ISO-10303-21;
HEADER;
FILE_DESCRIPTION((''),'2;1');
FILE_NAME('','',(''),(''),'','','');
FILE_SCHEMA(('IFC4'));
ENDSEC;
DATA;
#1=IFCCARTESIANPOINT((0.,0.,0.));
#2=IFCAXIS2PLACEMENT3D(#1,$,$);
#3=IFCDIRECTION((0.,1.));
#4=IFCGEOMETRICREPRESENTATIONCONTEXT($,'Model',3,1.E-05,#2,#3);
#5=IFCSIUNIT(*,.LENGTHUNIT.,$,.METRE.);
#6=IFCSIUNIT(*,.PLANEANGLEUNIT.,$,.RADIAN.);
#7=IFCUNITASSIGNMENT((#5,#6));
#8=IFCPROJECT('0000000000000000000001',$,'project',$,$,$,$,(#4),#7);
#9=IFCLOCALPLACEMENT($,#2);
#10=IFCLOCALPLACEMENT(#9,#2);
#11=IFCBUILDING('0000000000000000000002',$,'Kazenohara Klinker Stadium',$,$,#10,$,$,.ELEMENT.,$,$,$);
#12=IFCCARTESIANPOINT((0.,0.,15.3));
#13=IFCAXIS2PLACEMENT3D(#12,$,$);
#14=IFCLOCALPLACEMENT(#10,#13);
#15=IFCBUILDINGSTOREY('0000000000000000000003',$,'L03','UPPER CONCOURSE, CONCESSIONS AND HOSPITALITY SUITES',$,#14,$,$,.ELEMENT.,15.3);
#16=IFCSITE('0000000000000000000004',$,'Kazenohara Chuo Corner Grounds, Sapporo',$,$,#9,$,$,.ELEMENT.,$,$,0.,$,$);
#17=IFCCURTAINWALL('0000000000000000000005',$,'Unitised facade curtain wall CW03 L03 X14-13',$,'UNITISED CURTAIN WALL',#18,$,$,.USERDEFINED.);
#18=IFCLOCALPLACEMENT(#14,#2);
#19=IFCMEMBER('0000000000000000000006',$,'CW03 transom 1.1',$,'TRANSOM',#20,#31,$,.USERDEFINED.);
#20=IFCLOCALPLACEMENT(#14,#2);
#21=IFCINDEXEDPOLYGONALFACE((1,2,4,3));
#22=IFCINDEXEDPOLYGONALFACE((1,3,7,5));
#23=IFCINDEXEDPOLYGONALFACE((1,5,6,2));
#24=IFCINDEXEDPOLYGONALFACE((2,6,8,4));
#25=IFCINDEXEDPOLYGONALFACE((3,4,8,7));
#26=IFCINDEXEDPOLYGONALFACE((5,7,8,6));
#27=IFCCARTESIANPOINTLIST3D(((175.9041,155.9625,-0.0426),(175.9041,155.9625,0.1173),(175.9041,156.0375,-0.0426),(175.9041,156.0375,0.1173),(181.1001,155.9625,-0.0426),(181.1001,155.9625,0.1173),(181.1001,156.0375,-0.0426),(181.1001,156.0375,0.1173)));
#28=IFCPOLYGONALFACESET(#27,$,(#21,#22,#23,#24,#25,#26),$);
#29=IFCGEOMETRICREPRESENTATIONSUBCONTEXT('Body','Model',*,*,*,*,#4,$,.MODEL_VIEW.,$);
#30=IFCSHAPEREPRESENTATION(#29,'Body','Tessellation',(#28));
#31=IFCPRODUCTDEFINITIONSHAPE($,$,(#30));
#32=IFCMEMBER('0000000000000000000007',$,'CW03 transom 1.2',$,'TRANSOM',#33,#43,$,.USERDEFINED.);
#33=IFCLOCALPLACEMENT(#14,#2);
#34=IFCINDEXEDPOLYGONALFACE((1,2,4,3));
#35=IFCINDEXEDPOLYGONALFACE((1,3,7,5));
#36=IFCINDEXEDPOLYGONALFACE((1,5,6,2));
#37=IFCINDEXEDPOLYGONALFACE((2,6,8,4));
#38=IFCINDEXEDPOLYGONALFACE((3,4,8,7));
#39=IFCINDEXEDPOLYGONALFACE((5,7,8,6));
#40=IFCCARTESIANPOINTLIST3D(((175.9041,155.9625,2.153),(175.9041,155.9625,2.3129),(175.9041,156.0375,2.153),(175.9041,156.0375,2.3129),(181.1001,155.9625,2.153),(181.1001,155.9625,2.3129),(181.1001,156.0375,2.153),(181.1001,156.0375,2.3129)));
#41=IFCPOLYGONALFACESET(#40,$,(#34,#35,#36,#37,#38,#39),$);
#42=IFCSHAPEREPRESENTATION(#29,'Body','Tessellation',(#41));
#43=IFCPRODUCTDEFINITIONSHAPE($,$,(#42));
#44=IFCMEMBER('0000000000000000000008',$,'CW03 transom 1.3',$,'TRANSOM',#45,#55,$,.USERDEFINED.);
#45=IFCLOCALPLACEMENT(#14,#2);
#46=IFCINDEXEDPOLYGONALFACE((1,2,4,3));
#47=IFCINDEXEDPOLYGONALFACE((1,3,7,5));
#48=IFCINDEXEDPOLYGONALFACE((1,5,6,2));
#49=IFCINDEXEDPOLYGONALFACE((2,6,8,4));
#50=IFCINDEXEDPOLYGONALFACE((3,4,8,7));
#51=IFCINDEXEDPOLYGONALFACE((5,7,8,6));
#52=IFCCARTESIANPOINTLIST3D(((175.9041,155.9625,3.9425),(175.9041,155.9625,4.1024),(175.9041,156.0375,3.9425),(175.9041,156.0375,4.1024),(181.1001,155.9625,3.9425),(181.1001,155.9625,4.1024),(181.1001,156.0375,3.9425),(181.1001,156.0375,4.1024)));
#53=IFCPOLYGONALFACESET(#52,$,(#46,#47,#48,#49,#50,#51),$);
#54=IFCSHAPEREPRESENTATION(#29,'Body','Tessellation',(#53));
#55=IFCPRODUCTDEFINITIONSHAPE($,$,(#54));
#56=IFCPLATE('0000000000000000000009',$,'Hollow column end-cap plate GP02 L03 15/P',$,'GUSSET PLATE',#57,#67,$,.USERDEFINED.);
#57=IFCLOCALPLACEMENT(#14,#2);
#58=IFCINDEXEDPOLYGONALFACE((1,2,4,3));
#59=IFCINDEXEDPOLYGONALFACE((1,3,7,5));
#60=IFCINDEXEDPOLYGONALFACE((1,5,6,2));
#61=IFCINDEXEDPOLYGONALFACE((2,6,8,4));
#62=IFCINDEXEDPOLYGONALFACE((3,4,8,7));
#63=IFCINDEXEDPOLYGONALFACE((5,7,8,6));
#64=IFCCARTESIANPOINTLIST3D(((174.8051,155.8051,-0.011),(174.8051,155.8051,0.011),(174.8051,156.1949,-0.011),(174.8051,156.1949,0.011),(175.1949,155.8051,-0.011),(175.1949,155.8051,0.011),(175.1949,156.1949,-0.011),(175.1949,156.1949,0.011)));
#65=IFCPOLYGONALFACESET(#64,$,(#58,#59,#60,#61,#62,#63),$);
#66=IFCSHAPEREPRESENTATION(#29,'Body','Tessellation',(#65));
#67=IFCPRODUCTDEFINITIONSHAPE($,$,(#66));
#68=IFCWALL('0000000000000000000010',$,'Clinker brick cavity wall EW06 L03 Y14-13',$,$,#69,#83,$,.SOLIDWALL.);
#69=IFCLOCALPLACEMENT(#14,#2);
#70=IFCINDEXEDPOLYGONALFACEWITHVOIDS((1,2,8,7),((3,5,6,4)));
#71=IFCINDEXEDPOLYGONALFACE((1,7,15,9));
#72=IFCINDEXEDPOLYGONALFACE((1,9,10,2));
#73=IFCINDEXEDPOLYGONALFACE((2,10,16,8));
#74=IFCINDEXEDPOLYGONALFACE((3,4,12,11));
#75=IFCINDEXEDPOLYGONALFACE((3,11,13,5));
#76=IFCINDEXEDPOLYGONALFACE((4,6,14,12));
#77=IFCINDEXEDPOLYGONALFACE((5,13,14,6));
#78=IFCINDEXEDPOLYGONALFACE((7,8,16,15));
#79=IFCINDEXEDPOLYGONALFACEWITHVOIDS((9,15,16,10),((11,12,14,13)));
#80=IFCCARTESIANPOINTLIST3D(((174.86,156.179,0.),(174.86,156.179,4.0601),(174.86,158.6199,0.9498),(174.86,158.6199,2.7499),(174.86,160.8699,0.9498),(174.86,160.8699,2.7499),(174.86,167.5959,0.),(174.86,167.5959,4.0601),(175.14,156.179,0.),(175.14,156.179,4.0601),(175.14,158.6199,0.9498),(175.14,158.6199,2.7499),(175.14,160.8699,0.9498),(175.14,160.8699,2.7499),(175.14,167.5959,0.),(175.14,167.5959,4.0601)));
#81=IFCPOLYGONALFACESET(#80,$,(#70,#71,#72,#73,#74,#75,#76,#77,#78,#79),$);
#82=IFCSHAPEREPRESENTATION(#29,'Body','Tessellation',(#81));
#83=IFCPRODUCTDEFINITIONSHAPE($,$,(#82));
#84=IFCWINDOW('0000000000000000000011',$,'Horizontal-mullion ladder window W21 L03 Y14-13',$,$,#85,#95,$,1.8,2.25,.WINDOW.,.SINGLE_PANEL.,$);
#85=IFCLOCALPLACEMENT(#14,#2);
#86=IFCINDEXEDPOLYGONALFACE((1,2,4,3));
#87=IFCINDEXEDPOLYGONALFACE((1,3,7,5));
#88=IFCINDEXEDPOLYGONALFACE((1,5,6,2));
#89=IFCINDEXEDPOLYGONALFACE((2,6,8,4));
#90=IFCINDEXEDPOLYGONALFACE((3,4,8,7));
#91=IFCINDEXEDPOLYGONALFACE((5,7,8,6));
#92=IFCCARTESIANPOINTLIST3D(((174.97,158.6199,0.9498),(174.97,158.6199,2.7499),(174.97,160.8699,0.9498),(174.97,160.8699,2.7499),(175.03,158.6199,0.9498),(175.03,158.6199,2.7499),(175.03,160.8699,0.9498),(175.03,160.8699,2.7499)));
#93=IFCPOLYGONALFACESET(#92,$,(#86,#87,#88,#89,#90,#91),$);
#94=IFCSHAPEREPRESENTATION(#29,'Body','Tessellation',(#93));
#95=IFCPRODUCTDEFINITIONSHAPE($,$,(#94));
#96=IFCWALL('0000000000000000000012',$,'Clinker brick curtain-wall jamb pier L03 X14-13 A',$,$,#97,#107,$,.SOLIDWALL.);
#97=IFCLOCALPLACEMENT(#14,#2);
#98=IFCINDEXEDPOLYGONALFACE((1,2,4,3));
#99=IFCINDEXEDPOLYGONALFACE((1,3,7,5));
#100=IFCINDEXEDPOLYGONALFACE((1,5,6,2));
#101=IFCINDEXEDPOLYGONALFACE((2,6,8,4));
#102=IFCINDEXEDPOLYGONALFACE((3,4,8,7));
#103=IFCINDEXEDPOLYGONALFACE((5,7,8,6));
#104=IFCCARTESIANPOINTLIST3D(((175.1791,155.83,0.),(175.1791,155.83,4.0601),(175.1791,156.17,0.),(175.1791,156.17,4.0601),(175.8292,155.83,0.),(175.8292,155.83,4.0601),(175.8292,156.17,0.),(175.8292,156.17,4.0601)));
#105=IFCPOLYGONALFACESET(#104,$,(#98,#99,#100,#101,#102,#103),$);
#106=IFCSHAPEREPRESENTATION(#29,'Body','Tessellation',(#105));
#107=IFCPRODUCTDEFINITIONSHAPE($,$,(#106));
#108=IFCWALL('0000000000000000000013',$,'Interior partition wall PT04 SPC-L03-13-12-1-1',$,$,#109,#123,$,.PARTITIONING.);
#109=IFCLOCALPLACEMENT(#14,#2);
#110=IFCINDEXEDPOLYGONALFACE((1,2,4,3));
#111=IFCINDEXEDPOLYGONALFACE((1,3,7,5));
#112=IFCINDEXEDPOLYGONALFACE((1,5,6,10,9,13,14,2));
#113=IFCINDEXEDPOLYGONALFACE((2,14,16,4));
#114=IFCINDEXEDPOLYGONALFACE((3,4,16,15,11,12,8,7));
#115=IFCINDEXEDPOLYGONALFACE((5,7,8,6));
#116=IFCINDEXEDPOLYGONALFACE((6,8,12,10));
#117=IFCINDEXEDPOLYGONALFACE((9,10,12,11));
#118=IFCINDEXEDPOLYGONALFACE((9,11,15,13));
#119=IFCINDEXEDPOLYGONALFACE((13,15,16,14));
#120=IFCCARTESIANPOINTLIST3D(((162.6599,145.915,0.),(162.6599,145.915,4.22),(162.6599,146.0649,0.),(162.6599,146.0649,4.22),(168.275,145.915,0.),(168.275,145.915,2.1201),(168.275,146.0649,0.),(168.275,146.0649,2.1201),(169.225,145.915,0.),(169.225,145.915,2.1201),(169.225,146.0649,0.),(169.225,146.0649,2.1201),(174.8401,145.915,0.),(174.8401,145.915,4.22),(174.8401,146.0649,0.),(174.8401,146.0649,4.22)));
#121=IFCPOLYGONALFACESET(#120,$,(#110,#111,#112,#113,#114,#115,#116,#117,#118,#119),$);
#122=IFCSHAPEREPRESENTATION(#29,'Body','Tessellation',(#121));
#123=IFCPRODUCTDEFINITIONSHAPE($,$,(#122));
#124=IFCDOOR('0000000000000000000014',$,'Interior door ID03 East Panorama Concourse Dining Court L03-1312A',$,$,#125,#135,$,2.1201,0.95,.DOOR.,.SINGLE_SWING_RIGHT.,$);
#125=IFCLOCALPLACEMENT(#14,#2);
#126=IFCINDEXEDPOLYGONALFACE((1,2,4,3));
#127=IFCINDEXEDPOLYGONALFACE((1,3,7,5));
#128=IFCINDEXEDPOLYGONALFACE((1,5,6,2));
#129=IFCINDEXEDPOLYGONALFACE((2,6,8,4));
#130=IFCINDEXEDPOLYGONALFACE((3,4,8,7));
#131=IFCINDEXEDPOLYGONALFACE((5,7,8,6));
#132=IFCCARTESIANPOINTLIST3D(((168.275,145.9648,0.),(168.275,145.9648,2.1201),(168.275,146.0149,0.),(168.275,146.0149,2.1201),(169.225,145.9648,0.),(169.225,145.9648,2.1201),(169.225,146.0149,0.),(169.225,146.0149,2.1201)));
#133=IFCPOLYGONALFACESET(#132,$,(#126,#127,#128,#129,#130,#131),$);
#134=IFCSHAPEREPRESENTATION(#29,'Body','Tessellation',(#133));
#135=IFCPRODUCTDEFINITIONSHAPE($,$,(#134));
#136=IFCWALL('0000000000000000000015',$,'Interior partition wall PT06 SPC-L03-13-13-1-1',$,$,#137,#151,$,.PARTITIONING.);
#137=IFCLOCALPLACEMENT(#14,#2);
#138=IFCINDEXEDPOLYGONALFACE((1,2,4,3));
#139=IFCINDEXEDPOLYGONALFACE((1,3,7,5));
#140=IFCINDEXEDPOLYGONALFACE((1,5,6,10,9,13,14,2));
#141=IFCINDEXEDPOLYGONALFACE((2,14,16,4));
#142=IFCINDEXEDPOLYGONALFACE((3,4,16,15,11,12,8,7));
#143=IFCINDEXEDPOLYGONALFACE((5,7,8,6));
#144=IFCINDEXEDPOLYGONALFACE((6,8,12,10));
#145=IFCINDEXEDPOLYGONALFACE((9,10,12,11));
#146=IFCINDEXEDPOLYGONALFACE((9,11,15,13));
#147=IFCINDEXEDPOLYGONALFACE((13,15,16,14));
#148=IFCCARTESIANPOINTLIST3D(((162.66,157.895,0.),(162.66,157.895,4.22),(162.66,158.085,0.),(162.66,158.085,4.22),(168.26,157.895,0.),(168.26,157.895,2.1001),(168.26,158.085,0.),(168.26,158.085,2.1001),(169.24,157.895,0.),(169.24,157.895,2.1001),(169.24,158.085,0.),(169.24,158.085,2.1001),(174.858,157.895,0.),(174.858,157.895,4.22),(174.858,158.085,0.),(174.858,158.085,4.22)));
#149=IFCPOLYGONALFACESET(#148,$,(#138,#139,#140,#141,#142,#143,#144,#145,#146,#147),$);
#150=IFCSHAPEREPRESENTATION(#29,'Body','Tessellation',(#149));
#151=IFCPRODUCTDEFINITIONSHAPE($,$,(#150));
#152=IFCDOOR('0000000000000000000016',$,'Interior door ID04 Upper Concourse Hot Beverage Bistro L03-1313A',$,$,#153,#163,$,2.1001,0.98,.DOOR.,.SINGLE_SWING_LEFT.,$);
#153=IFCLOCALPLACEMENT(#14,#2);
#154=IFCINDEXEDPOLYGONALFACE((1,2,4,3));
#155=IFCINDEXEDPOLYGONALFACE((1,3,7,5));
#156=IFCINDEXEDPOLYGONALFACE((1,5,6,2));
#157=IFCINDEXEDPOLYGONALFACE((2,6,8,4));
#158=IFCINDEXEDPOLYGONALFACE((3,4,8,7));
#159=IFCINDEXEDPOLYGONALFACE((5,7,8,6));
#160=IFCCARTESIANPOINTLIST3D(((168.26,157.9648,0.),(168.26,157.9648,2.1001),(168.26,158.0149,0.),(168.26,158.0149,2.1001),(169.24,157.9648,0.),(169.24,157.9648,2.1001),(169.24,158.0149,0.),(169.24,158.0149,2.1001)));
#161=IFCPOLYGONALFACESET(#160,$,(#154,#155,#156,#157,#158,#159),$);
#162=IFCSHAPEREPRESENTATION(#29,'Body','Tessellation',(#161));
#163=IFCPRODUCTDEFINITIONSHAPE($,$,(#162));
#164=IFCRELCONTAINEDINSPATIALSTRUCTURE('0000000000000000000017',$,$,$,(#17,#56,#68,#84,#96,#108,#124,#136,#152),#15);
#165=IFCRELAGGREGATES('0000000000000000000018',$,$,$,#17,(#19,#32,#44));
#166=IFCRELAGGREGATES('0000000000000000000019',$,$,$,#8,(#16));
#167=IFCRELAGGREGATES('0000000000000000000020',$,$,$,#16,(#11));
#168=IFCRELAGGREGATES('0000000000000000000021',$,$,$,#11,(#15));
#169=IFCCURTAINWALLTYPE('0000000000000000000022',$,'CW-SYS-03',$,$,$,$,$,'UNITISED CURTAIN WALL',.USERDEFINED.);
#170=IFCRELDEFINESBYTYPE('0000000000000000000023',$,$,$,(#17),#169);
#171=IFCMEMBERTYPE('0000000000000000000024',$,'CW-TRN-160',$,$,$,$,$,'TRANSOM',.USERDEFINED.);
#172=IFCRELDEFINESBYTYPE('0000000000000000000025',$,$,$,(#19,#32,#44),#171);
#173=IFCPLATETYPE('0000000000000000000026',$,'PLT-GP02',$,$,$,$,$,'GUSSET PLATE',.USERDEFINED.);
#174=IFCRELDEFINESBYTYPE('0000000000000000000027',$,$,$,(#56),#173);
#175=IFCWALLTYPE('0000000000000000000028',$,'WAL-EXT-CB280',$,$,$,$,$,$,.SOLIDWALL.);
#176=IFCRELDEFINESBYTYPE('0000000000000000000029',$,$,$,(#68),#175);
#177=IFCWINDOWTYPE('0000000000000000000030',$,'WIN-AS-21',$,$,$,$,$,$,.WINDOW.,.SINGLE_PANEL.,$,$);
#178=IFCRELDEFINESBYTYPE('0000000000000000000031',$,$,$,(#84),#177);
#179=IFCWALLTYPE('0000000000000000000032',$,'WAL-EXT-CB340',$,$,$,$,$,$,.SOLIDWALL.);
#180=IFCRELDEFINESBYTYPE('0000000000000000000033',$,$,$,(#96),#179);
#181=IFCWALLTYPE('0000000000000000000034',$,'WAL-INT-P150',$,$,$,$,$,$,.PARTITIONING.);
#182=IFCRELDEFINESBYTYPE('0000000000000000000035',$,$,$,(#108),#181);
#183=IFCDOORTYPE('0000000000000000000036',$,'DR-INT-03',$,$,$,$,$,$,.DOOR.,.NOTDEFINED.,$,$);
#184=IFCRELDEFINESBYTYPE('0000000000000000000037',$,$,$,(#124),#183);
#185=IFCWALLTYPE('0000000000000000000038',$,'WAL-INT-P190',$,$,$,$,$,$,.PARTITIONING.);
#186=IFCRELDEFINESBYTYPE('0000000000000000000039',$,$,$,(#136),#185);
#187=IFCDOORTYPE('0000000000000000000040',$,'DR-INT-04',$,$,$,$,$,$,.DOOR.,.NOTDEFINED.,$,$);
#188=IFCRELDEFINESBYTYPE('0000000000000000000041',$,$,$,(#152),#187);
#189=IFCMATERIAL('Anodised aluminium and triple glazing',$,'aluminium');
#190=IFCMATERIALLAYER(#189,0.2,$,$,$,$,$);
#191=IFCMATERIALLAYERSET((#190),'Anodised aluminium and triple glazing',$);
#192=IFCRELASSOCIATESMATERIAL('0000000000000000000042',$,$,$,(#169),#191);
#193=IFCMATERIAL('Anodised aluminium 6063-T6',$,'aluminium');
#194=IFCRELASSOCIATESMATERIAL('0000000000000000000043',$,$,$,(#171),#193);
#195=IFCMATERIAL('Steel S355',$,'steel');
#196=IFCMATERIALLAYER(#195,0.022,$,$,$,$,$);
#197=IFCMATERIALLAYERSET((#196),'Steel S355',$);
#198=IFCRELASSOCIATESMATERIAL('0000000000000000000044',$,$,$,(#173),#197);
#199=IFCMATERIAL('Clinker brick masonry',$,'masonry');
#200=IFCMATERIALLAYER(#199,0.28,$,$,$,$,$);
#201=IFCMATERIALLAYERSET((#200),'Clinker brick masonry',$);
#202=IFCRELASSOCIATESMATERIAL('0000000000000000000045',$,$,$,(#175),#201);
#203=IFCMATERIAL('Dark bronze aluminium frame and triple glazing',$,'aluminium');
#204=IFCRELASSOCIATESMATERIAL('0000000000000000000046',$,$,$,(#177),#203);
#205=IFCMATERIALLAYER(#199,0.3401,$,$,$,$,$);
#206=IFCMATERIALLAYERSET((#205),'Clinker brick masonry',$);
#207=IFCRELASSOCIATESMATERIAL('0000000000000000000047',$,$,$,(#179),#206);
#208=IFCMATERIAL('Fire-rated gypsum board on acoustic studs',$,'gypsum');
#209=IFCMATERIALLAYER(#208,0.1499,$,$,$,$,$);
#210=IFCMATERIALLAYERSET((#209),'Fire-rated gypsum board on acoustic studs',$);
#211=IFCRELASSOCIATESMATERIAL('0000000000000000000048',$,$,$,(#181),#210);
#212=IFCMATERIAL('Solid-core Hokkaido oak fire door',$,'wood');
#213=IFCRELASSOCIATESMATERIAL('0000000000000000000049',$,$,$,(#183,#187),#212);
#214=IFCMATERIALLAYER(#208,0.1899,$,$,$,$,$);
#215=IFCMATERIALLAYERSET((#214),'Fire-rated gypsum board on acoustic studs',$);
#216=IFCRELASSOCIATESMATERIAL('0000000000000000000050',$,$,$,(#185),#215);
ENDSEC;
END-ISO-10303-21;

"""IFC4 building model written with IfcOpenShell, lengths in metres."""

from ifc_helpers import new_model, si_unit, direction, frame, frame_2d, origin, origin_2d, place, context, subcontext, project, spatial, rectangle, extrude, material, layer, layer_set, material_profile, profile_set, type_object, element, fill, aggregate, save


model = new_model("IFC4")

# Units and contexts
model_context = context("Model", 3, precision=1e-05, world=origin(), true_north=direction((0.0, 1.0)))
body_context = subcontext(model_context, "Body", "Model", "MODEL_VIEW")
ifc_project = project(units=[si_unit("LENGTHUNIT", "METRE"), si_unit("PLANEANGLEUNIT", "RADIAN")], contexts=[model_context])

# Site, building, storey
site_placement = place(None, origin())
site = spatial("IfcSite", under=ifc_project, at=site_placement, Name="Kazenohara Chuo Corner Grounds, Sapporo", CompositionType="ELEMENT", RefElevation=0.0)
building_placement = place(site_placement, origin())
building = spatial("IfcBuilding", under=site, at=building_placement, Name="Kazenohara Klinker Stadium", CompositionType="ELEMENT")
storey_placement = place(building_placement, frame((0.0, 0.0, 15.3)))
storey = spatial("IfcBuildingStorey", under=building, at=storey_placement, Name="L03", Description="UPPER CONCOURSE, CONCESSIONS AND HOSPITALITY SUITES", CompositionType="ELEMENT", Elevation=15.3)

# Shared definitions
ifc_material_1 = material(Name="Steel S355", Category="steel")

# Curtain wall, members
ifc_material_2 = material(Name="Anodised aluminium and triple glazing", Category="aluminium")
ifc_layer_1 = layer(ifc_material_2, 0.2)
ifc_layer_set_1 = layer_set([ifc_layer_1], Name="Anodised aluminium and triple glazing")
curtain_wall_type = type_object("IfcCurtainWallType", Name="CW-SYS-03", ElementType="UNITISED CURTAIN WALL", PredefinedType="USERDEFINED", material=ifc_layer_set_1)
curtain_wall_placement = place(storey_placement, origin())
curtain_wall = element("IfcCurtainWall", 1, at=curtain_wall_placement, inside=storey, type_object=curtain_wall_type, Name="Unitised facade curtain wall CW03 L03 X14-13", ObjectType="UNITISED CURTAIN WALL", PredefinedType="USERDEFINED")
ifc_material_3 = material(Name="Anodised aluminium 6063-T6", Category="aluminium")
ifc_material_profile_1 = material_profile(ifc_material_3, rectangle(XDim=0.075, YDim=0.1599, at=origin_2d()), Name="ALU-TRN-75x160")
ifc_profile_set_1 = profile_set([ifc_material_profile_1], Name="Anodised aluminium 6063-T6")
member_type_1 = type_object("IfcMemberType", Name="CW-TRN-160", ElementType="TRANSOM", PredefinedType="USERDEFINED", material=ifc_profile_set_1)
member_1_placement = place(storey_placement, frame((175.9041, 156.0, 0.0374), z_axis=(1.0, 0.0, 0.0), x_axis=(0.0, 1.0, 0.0)))
member_1 = element("IfcMember", 2, at=member_1_placement, type_object=member_type_1, Name="CW03 transom 1.1", ObjectType="TRANSOM", PredefinedType="USERDEFINED", context=body_context, shape_type="SweptSolid", body=[
    extrude(rectangle(XDim=0.075, YDim=0.1599, at=origin_2d()), origin(), (0.0, 0.0, 1.0), 5.196),
])
member_2_placement = place(storey_placement, frame((175.9041, 156.0, 2.2329), z_axis=(1.0, 0.0, 0.0), x_axis=(0.0, 1.0, 0.0)))
member_2 = element("IfcMember", 3, at=member_2_placement, type_object=member_type_1, Name="CW03 transom 1.2", ObjectType="TRANSOM", PredefinedType="USERDEFINED", context=body_context, shape_type="SweptSolid", body=[
    extrude(rectangle(XDim=0.075, YDim=0.1599, at=origin_2d()), origin(), (0.0, 0.0, 1.0), 5.196),
])
member_3_placement = place(storey_placement, frame((175.9041, 156.0, 4.0225), z_axis=(1.0, 0.0, 0.0), x_axis=(0.0, 1.0, 0.0)))
member_3 = element("IfcMember", 4, at=member_3_placement, type_object=member_type_1, Name="CW03 transom 1.3", ObjectType="TRANSOM", PredefinedType="USERDEFINED", context=body_context, shape_type="SweptSolid", body=[
    extrude(rectangle(XDim=0.075, YDim=0.1599, at=origin_2d()), origin(), (0.0, 0.0, 1.0), 5.196),
])
aggregate(curtain_wall, [member_1, member_2, member_3])

# Plate
ifc_layer_2 = layer(ifc_material_1, 0.022)
ifc_layer_set_2 = layer_set([ifc_layer_2], Name="Steel S355")
plate_type = type_object("IfcPlateType", Name="PLT-GP02", ElementType="GUSSET PLATE", PredefinedType="USERDEFINED", material=ifc_layer_set_2)
plate_placement = place(storey_placement, frame((175.0, 156.0, -0.011), z_axis=(0.0, 0.0, 1.0), x_axis=(1.0, 0.0, 0.0)))
element("IfcPlate", 5, at=plate_placement, inside=storey, type_object=plate_type, Name="Hollow column end-cap plate GP02 L03 15/P", ObjectType="GUSSET PLATE", PredefinedType="USERDEFINED", context=body_context, shape_type="SweptSolid", body=[
    extrude(rectangle(XDim=0.3899, YDim=0.3899, at=origin_2d()), origin(), (0.0, 0.0, 1.0), 0.022),
])

# Wall, opening, window
ifc_material_4 = material(Name="Clinker brick masonry", Category="masonry")
ifc_layer_3 = layer(ifc_material_4, 0.28)
ifc_layer_set_3 = layer_set([ifc_layer_3], Name="Clinker brick masonry")
wall_type_1 = type_object("IfcWallType", Name="WAL-EXT-CB280", PredefinedType="SOLIDWALL", material=ifc_layer_set_3)
wall_1_placement = place(storey_placement, frame((175.0, 156.179, 0.0), z_axis=(0.0, 0.0, 1.0), x_axis=(0.0, 1.0, 0.0)))
wall_1 = element("IfcWall", 6, at=wall_1_placement, inside=storey, type_object=wall_type_1, Name="Clinker brick cavity wall EW06 L03 Y14-13", PredefinedType="SOLIDWALL", context=body_context, shape_type="SweptSolid", body=[
    extrude(rectangle(XDim=11.417, YDim=0.28, at=frame_2d((5.7085, 0.0))), origin(), (0.0, 0.0, 1.0), 4.0601),
])
opening_1_placement = place(wall_1_placement, frame((2.4409, 0.0, 0.95)))
opening_1 = element("IfcOpeningElement", 7, at=opening_1_placement, cuts=wall_1, PredefinedType="OPENING", context=body_context, shape_type="SweptSolid", body=[
    extrude(rectangle(XDim=2.25, YDim=1.8, at=frame_2d((1.125, 0.8999))), frame((0.0, 0.1499, 0.0), z_axis=(0.0, -1.0, 0.0), x_axis=(1.0, 0.0, 0.0)), (0.0, 0.0, 1.0), 0.3),
])
ifc_material_5 = material(Name="Dark bronze aluminium frame and triple glazing", Category="aluminium")
window_type = type_object("IfcWindowType", Name="WIN-AS-21", PartitioningType="SINGLE_PANEL", PredefinedType="WINDOW", material=ifc_material_5)
window_placement = place(opening_1_placement, origin())
window = element("IfcWindow", 8, at=window_placement, inside=storey, type_object=window_type, Name="Horizontal-mullion ladder window W21 L03 Y14-13", OverallHeight=1.8, OverallWidth=2.25, PartitioningType="SINGLE_PANEL", PredefinedType="WINDOW", context=body_context, shape_type="SweptSolid", body=[
    extrude(rectangle(XDim=2.25, YDim=1.8, at=frame_2d((1.125, 0.8999))), frame((0.0, 0.03, 0.0), z_axis=(0.0, -1.0, 0.0), x_axis=(1.0, 0.0, 0.0)), (0.0, 0.0, 1.0), 0.0601),
])
fill(opening_1, window)

# Wall
ifc_layer_4 = layer(ifc_material_4, 0.3401)
ifc_layer_set_4 = layer_set([ifc_layer_4], Name="Clinker brick masonry")
wall_type_2 = type_object("IfcWallType", Name="WAL-EXT-CB340", PredefinedType="SOLIDWALL", material=ifc_layer_set_4)
wall_2_placement = place(storey_placement, frame((175.179, 156.0, 0.0), z_axis=(0.0, 0.0, 1.0), x_axis=(1.0, 0.0, 0.0)))
element("IfcWall", 9, at=wall_2_placement, inside=storey, type_object=wall_type_2, Name="Clinker brick curtain-wall jamb pier L03 X14-13 A", PredefinedType="SOLIDWALL", context=body_context, shape_type="SweptSolid", body=[
    extrude(rectangle(XDim=0.6501, YDim=0.3401, at=frame_2d((0.3252, 0.0))), origin(), (0.0, 0.0, 1.0), 4.0601),
])

# Walls, openings, doors
ifc_material_6 = material(Name="Fire-rated gypsum board on acoustic studs", Category="gypsum")
ifc_layer_5 = layer(ifc_material_6, 0.1499)
ifc_layer_set_5 = layer_set([ifc_layer_5], Name="Fire-rated gypsum board on acoustic studs")
wall_type_3 = type_object("IfcWallType", Name="WAL-INT-P150", PredefinedType="PARTITIONING", material=ifc_layer_set_5)
wall_3_placement = place(storey_placement, frame((162.6599, 145.99, 0.0), z_axis=(0.0, 0.0, 1.0), x_axis=(1.0, 0.0, 0.0)))
wall_3 = element("IfcWall", 10, at=wall_3_placement, inside=storey, type_object=wall_type_3, Name="Interior partition wall PT04 SPC-L03-13-12-1-1", PredefinedType="PARTITIONING", context=body_context, shape_type="SweptSolid", body=[
    extrude(rectangle(XDim=12.1802, YDim=0.1499, at=frame_2d((6.0901, 0.0))), origin(), (0.0, 0.0, 1.0), 4.22),
])
opening_2_placement = place(wall_3_placement, frame((5.615, 0.0, 0.0)))
opening_2 = element("IfcOpeningElement", 11, at=opening_2_placement, cuts=wall_3, PredefinedType="OPENING", context=body_context, shape_type="SweptSolid", body=[
    extrude(rectangle(XDim=0.95, YDim=2.1201, at=frame_2d((0.4751, 1.0601))), frame((0.0, 0.085, 0.0), z_axis=(0.0, -1.0, 0.0), x_axis=(1.0, 0.0, 0.0)), (0.0, 0.0, 1.0), 0.1699),
])
ifc_material_7 = material(Name="Solid-core Hokkaido oak fire door", Category="wood")
door_type_1 = type_object("IfcDoorType", Name="DR-INT-03", OperationType="NOTDEFINED", PredefinedType="DOOR", material=ifc_material_7)
door_1_placement = place(opening_2_placement, origin())
door_1 = element("IfcDoor", 12, at=door_1_placement, inside=storey, type_object=door_type_1, Name="Interior door ID03 East Panorama Concourse Dining Court L03-1312A", OperationType="SINGLE_SWING_RIGHT", OverallHeight=2.1201, OverallWidth=0.95, PredefinedType="DOOR", context=body_context, shape_type="SweptSolid", body=[
    extrude(rectangle(XDim=0.95, YDim=2.1201, at=frame_2d((0.4751, 1.0601))), frame((0.0, 0.0249, 0.0), z_axis=(0.0, -1.0, 0.0), x_axis=(1.0, 0.0, 0.0)), (0.0, 0.0, 1.0), 0.05),
])
fill(opening_2, door_1)
ifc_layer_6 = layer(ifc_material_6, 0.1899)
ifc_layer_set_6 = layer_set([ifc_layer_6], Name="Fire-rated gypsum board on acoustic studs")
wall_type_4 = type_object("IfcWallType", Name="WAL-INT-P190", PredefinedType="PARTITIONING", material=ifc_layer_set_6)
wall_4_placement = place(storey_placement, frame((162.6599, 157.99, 0.0), z_axis=(0.0, 0.0, 1.0), x_axis=(1.0, 0.0, 0.0)))
wall_4 = element("IfcWall", 13, at=wall_4_placement, inside=storey, type_object=wall_type_4, Name="Interior partition wall PT06 SPC-L03-13-13-1-1", PredefinedType="PARTITIONING", context=body_context, shape_type="SweptSolid", body=[
    extrude(rectangle(XDim=12.198, YDim=0.1899, at=frame_2d((6.0991, 0.0))), origin(), (0.0, 0.0, 1.0), 4.22),
])
opening_3_placement = place(wall_4_placement, frame((5.6001, 0.0, 0.0)))
opening_3 = element("IfcOpeningElement", 14, at=opening_3_placement, cuts=wall_4, PredefinedType="OPENING", context=body_context, shape_type="SweptSolid", body=[
    extrude(rectangle(XDim=0.98, YDim=2.1001, at=frame_2d((0.49, 1.05))), frame((0.0, 0.105, 0.0), z_axis=(0.0, -1.0, 0.0), x_axis=(1.0, 0.0, 0.0)), (0.0, 0.0, 1.0), 0.21),
])
door_type_2 = type_object("IfcDoorType", Name="DR-INT-04", OperationType="NOTDEFINED", PredefinedType="DOOR", material=ifc_material_7)
door_2_placement = place(opening_3_placement, origin())
door_2 = element("IfcDoor", 15, at=door_2_placement, inside=storey, type_object=door_type_2, Name="Interior door ID04 Upper Concourse Hot Beverage Bistro L03-1313A", OperationType="SINGLE_SWING_LEFT", OverallHeight=2.1001, OverallWidth=0.98, PredefinedType="DOOR", context=body_context, shape_type="SweptSolid", body=[
    extrude(rectangle(XDim=0.98, YDim=2.1001, at=frame_2d((0.49, 1.05))), frame((0.0, 0.0249, 0.0), z_axis=(0.0, -1.0, 0.0), x_axis=(1.0, 0.0, 0.0)), (0.0, 0.0, 1.0), 0.05),
])
fill(opening_3, door_2)

save(model, "model.ifc")
